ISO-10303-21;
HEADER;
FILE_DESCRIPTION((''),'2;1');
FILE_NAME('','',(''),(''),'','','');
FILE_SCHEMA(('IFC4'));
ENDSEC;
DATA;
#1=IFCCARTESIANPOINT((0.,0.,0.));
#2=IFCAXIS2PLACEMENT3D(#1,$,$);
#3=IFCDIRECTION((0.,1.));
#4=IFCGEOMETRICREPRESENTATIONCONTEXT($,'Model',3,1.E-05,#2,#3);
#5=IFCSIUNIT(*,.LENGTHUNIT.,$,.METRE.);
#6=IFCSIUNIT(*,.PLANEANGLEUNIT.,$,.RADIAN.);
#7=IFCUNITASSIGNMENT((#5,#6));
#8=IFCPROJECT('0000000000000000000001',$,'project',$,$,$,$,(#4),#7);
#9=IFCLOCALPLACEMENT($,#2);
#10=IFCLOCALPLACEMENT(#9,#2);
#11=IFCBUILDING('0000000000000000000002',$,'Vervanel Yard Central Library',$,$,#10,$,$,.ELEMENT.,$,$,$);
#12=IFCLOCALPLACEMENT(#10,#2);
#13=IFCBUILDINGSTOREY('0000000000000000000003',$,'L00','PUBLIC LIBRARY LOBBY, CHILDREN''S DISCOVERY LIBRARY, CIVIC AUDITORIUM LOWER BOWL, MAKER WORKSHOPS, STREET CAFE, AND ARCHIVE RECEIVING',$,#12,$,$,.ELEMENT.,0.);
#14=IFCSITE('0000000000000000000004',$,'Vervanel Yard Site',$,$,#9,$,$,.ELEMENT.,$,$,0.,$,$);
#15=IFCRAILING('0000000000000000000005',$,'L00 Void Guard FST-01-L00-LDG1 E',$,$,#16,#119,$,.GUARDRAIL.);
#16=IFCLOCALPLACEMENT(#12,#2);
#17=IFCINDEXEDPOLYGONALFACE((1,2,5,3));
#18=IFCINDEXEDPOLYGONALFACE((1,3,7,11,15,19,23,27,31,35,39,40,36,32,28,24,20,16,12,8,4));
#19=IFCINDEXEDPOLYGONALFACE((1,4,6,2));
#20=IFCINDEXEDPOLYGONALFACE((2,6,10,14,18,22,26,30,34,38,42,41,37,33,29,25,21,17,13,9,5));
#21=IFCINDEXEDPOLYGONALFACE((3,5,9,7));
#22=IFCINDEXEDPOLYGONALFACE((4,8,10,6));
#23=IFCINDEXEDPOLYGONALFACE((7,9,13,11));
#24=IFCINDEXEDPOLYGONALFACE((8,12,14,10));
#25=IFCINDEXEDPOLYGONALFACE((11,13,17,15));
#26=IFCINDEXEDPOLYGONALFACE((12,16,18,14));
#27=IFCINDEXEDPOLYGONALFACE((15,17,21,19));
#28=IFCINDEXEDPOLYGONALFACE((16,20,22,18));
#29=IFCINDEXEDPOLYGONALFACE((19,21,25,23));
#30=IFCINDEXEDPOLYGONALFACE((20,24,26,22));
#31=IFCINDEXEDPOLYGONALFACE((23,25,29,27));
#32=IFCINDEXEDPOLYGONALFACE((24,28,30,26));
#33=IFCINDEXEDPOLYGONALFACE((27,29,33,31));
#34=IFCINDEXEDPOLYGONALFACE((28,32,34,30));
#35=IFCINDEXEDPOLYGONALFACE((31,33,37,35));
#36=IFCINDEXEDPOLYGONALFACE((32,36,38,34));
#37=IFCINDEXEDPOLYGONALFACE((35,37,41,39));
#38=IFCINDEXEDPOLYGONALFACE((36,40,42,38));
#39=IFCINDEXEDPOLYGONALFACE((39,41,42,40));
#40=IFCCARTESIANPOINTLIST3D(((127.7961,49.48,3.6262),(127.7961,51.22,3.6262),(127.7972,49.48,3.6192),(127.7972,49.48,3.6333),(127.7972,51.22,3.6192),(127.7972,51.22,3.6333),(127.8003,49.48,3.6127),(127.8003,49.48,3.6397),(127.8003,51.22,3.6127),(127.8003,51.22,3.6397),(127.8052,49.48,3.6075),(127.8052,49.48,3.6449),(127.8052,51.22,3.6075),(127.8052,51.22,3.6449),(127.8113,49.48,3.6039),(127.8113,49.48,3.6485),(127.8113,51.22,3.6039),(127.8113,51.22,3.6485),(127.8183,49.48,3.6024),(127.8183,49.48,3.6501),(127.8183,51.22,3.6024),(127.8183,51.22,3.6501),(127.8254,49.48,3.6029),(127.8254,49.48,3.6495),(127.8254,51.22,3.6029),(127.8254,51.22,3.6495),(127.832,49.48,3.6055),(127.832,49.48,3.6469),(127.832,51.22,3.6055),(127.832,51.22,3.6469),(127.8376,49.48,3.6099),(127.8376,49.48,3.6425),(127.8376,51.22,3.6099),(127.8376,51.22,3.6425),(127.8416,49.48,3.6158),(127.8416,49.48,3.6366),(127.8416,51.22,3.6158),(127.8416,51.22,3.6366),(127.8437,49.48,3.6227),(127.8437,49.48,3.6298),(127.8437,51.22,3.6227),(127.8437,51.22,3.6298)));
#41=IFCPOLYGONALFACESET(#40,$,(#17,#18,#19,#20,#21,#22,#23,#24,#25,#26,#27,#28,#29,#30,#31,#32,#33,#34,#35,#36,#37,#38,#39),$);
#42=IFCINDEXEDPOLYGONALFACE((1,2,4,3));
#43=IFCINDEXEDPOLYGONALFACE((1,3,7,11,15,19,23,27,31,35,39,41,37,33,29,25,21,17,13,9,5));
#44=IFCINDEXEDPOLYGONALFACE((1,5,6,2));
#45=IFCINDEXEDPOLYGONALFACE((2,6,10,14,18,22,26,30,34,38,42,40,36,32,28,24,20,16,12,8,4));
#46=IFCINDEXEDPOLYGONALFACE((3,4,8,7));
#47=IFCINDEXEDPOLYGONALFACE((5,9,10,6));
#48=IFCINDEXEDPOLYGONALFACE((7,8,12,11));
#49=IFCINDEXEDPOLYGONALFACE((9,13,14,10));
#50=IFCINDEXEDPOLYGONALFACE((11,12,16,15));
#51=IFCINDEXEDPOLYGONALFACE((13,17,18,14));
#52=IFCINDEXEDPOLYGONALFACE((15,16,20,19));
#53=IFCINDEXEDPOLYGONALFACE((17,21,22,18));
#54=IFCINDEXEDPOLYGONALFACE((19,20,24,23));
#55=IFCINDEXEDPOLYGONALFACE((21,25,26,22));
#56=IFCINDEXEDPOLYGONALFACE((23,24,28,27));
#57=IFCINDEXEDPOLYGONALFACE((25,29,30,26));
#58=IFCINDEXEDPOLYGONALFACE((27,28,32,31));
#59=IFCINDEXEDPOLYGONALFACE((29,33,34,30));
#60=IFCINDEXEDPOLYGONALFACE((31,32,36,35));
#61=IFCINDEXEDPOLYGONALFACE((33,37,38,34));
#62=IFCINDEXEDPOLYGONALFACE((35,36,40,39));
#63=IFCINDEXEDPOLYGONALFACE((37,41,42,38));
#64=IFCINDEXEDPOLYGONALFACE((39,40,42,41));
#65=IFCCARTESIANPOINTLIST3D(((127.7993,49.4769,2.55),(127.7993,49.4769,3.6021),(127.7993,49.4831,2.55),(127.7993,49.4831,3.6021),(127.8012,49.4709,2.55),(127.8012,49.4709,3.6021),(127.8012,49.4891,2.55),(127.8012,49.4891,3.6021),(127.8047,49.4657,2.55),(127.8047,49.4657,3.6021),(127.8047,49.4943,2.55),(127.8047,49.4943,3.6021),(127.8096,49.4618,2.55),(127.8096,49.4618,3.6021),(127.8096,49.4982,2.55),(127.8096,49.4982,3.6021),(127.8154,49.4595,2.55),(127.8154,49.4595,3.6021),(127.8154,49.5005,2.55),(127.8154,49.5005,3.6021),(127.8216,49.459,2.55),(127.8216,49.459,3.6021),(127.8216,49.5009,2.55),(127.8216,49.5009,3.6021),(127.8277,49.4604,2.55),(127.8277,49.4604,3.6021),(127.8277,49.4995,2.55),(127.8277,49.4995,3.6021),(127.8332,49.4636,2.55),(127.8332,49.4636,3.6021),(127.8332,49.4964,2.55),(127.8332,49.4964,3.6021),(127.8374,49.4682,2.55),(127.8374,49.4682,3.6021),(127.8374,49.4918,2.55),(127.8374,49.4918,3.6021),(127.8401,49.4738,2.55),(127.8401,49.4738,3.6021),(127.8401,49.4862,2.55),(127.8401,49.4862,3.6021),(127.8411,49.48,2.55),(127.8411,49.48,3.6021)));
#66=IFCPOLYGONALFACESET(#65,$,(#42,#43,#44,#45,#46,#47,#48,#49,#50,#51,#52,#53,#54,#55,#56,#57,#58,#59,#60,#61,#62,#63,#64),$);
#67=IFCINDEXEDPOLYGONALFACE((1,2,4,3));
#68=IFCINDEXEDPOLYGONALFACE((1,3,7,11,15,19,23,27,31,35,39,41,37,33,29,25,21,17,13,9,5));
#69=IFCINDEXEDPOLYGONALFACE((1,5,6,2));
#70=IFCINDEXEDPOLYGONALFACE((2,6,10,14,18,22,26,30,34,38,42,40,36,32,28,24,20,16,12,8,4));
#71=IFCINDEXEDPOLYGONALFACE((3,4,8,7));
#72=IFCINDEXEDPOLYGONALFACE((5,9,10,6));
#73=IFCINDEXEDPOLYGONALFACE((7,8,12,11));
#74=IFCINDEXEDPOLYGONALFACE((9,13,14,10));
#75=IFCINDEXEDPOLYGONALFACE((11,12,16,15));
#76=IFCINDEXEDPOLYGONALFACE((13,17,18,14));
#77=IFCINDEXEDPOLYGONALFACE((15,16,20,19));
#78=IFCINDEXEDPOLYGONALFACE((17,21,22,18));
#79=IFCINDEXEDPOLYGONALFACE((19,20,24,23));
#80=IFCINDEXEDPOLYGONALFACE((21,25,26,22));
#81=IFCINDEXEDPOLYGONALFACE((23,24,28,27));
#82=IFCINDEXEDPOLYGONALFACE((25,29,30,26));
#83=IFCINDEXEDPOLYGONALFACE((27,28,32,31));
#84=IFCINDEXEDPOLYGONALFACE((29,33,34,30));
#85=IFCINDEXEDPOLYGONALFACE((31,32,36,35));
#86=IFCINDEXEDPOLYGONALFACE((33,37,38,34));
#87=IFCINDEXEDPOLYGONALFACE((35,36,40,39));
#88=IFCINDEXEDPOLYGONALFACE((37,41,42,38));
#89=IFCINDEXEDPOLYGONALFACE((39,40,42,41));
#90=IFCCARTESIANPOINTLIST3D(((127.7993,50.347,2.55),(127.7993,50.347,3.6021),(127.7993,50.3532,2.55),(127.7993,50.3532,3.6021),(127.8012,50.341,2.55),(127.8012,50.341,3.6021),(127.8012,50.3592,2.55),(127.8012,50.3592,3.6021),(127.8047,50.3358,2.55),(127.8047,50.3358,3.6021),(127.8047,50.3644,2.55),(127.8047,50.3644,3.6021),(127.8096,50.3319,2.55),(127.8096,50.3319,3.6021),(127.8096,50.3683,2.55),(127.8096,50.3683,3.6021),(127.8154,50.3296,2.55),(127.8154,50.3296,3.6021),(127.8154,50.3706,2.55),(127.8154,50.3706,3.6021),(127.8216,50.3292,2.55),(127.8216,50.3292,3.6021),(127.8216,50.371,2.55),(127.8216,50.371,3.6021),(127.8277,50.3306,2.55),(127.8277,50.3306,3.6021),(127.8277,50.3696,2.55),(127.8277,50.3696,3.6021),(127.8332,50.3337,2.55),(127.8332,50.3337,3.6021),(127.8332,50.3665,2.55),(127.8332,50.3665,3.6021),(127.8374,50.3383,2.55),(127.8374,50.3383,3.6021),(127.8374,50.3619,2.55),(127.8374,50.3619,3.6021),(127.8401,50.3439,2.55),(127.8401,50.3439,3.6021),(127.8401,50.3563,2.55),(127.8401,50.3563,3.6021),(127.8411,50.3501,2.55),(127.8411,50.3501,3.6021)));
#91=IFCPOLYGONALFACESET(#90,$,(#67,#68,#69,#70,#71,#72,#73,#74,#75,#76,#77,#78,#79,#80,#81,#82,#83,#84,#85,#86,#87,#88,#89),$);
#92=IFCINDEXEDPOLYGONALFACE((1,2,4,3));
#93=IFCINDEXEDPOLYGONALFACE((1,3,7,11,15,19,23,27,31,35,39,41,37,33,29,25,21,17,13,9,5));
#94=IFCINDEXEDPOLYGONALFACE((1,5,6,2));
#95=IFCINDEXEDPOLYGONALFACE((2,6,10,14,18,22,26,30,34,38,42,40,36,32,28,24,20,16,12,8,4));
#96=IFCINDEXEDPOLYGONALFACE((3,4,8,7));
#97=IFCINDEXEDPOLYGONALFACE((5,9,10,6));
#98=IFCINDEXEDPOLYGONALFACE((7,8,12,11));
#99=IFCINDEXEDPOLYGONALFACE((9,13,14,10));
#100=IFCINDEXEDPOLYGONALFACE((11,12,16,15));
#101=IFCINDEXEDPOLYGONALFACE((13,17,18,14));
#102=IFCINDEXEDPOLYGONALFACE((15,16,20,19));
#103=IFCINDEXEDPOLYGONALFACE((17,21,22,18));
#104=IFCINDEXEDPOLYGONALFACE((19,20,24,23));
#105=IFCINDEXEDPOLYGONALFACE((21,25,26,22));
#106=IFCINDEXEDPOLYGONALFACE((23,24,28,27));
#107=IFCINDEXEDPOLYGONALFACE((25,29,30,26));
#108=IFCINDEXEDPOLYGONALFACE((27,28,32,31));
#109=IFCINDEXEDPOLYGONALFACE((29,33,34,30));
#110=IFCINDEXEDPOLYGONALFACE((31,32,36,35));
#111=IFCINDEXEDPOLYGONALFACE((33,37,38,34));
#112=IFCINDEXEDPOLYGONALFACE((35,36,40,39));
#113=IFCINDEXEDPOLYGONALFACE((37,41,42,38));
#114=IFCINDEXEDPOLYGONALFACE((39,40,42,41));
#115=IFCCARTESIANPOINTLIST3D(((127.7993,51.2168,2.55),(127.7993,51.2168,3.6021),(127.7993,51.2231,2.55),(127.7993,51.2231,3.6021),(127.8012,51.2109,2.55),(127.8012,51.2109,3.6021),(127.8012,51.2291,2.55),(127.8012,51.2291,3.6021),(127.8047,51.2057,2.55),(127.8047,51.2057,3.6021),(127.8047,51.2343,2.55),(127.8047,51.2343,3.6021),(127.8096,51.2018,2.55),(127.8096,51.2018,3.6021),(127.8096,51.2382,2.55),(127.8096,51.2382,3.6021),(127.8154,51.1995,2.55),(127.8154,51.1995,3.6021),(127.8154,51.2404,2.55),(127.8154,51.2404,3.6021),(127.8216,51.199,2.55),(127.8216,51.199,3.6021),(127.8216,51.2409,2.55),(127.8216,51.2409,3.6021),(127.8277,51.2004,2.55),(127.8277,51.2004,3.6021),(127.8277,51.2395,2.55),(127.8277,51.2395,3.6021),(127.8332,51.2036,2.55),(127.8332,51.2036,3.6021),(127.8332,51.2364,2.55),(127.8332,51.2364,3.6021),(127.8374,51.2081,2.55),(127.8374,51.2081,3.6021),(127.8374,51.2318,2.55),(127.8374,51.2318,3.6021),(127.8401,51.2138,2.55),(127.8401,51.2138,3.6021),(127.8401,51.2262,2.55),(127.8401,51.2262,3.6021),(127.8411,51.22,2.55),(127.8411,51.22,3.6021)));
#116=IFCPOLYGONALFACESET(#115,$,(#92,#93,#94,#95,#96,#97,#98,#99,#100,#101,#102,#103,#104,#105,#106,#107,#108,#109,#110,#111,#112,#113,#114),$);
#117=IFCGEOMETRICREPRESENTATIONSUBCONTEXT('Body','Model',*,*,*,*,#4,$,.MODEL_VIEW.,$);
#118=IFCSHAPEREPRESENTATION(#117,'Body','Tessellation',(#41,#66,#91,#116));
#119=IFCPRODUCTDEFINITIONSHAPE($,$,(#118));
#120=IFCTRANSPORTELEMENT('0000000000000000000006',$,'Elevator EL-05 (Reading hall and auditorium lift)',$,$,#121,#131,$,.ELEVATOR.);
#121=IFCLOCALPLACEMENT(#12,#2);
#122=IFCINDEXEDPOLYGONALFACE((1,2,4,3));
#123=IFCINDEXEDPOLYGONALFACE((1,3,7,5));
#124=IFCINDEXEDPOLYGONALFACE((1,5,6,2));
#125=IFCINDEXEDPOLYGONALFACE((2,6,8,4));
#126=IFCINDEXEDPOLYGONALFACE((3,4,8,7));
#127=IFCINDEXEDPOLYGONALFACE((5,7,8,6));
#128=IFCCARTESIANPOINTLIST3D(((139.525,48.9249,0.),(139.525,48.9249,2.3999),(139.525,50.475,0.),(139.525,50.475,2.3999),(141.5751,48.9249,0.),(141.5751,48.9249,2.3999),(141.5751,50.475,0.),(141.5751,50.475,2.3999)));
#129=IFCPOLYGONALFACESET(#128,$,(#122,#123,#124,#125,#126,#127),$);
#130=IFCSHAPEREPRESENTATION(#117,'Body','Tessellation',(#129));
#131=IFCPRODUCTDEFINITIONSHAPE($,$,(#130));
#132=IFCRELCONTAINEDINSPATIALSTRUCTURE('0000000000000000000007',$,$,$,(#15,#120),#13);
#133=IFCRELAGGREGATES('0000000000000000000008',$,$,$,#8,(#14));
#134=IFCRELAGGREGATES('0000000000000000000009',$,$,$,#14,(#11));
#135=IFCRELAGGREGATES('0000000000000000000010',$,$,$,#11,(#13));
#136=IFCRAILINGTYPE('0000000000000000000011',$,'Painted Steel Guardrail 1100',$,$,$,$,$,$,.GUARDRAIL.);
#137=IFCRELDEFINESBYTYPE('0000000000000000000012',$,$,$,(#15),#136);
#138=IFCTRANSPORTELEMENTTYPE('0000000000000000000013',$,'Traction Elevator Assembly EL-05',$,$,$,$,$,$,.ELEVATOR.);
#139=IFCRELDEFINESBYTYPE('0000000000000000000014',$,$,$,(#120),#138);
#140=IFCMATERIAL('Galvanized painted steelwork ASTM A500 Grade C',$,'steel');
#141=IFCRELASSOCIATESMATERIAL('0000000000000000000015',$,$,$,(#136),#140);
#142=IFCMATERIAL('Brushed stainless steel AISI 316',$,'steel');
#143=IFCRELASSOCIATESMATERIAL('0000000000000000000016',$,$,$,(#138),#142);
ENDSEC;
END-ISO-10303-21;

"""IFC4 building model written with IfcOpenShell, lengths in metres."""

from ifc_helpers import new_model, si_unit, direction, frame, origin, origin_2d, place, context, subcontext, project, spatial, rectangle, circle, extrude, material, type_object, element, save


model = new_model("IFC4")

# Units and contexts
model_context = context("Model", 3, precision=1e-05, world=origin(), true_north=direction((0.0, 1.0)))
body_context = subcontext(model_context, "Body", "Model", "MODEL_VIEW")
ifc_project = project(units=[si_unit("LENGTHUNIT", "METRE"), si_unit("PLANEANGLEUNIT", "RADIAN")], contexts=[model_context])

# Site, building, storey
site_placement = place(None, origin())
site = spatial("IfcSite", under=ifc_project, at=site_placement, Name="Vervanel Yard Site", CompositionType="ELEMENT", RefElevation=0.0)
building_placement = place(site_placement, origin())
building = spatial("IfcBuilding", under=site, at=building_placement, Name="Vervanel Yard Central Library", CompositionType="ELEMENT")
storey_placement = place(building_placement, origin())
storey = spatial("IfcBuildingStorey", under=building, at=storey_placement, Name="L00", Description="PUBLIC LIBRARY LOBBY, CHILDREN'S DISCOVERY LIBRARY, CIVIC AUDITORIUM LOWER BOWL, MAKER WORKSHOPS, STREET CAFE, AND ARCHIVE RECEIVING", CompositionType="ELEMENT", Elevation=0.0)

# Shared definitions
ifc_material_1 = material(Name="Galvanized painted steelwork ASTM A500 Grade C", Category="steel")
ifc_material_2 = material(Name="Brushed stainless steel AISI 316", Category="steel")

# Railing
railing_type = type_object("IfcRailingType", Name="Painted Steel Guardrail 1100", PredefinedType="GUARDRAIL", material=ifc_material_1)
railing_1_placement = place(storey_placement, frame((127.8201, 49.48, 2.55)))
element("IfcRailing", 1, at=railing_1_placement, inside=storey, type_object=railing_type, Name="L00 Void Guard FST-01-L00-LDG1 E", PredefinedType="GUARDRAIL", context=body_context, shape_type="SweptSolid", body=[
    extrude(circle(Radius=0.0239, at=origin_2d()), frame((0.0, 0.0, 1.0762), z_axis=(0.0, 1.0, 0.0), x_axis=(-1.0, 0.0, 0.0)), (0.0, 0.0, 1.0), 1.74),
    extrude(circle(Radius=0.021, at=origin_2d()), origin(), (0.0, 0.0, 1.0), 1.052),
    extrude(circle(Radius=0.021, at=origin_2d()), frame((0.0, 0.8701, 0.0)), (0.0, 0.0, 1.0), 1.052),
    extrude(circle(Radius=0.021, at=origin_2d()), frame((0.0, 1.74, 0.0)), (0.0, 0.0, 1.0), 1.052),
])

# Transport element
transport_element_type = type_object("IfcTransportElementType", Name="Traction Elevator Assembly EL-05", PredefinedType="ELEVATOR", material=ifc_material_2)
transport_element_placement = place(storey_placement, frame((140.55, 49.7, 0.0), z_axis=(0.0, 0.0, 1.0), x_axis=(1.0, 0.0, 0.0)))
element("IfcTransportElement", 2, at=transport_element_placement, inside=storey, type_object=transport_element_type, Name="Elevator EL-05 (Reading hall and auditorium lift)", PredefinedType="ELEVATOR", context=body_context, shape_type="SweptSolid", body=[
    extrude(rectangle(XDim=2.05, YDim=1.55, at=origin_2d()), origin(), (0.0, 0.0, 1.0), 2.3999),
])

save(model, "model.ifc")
